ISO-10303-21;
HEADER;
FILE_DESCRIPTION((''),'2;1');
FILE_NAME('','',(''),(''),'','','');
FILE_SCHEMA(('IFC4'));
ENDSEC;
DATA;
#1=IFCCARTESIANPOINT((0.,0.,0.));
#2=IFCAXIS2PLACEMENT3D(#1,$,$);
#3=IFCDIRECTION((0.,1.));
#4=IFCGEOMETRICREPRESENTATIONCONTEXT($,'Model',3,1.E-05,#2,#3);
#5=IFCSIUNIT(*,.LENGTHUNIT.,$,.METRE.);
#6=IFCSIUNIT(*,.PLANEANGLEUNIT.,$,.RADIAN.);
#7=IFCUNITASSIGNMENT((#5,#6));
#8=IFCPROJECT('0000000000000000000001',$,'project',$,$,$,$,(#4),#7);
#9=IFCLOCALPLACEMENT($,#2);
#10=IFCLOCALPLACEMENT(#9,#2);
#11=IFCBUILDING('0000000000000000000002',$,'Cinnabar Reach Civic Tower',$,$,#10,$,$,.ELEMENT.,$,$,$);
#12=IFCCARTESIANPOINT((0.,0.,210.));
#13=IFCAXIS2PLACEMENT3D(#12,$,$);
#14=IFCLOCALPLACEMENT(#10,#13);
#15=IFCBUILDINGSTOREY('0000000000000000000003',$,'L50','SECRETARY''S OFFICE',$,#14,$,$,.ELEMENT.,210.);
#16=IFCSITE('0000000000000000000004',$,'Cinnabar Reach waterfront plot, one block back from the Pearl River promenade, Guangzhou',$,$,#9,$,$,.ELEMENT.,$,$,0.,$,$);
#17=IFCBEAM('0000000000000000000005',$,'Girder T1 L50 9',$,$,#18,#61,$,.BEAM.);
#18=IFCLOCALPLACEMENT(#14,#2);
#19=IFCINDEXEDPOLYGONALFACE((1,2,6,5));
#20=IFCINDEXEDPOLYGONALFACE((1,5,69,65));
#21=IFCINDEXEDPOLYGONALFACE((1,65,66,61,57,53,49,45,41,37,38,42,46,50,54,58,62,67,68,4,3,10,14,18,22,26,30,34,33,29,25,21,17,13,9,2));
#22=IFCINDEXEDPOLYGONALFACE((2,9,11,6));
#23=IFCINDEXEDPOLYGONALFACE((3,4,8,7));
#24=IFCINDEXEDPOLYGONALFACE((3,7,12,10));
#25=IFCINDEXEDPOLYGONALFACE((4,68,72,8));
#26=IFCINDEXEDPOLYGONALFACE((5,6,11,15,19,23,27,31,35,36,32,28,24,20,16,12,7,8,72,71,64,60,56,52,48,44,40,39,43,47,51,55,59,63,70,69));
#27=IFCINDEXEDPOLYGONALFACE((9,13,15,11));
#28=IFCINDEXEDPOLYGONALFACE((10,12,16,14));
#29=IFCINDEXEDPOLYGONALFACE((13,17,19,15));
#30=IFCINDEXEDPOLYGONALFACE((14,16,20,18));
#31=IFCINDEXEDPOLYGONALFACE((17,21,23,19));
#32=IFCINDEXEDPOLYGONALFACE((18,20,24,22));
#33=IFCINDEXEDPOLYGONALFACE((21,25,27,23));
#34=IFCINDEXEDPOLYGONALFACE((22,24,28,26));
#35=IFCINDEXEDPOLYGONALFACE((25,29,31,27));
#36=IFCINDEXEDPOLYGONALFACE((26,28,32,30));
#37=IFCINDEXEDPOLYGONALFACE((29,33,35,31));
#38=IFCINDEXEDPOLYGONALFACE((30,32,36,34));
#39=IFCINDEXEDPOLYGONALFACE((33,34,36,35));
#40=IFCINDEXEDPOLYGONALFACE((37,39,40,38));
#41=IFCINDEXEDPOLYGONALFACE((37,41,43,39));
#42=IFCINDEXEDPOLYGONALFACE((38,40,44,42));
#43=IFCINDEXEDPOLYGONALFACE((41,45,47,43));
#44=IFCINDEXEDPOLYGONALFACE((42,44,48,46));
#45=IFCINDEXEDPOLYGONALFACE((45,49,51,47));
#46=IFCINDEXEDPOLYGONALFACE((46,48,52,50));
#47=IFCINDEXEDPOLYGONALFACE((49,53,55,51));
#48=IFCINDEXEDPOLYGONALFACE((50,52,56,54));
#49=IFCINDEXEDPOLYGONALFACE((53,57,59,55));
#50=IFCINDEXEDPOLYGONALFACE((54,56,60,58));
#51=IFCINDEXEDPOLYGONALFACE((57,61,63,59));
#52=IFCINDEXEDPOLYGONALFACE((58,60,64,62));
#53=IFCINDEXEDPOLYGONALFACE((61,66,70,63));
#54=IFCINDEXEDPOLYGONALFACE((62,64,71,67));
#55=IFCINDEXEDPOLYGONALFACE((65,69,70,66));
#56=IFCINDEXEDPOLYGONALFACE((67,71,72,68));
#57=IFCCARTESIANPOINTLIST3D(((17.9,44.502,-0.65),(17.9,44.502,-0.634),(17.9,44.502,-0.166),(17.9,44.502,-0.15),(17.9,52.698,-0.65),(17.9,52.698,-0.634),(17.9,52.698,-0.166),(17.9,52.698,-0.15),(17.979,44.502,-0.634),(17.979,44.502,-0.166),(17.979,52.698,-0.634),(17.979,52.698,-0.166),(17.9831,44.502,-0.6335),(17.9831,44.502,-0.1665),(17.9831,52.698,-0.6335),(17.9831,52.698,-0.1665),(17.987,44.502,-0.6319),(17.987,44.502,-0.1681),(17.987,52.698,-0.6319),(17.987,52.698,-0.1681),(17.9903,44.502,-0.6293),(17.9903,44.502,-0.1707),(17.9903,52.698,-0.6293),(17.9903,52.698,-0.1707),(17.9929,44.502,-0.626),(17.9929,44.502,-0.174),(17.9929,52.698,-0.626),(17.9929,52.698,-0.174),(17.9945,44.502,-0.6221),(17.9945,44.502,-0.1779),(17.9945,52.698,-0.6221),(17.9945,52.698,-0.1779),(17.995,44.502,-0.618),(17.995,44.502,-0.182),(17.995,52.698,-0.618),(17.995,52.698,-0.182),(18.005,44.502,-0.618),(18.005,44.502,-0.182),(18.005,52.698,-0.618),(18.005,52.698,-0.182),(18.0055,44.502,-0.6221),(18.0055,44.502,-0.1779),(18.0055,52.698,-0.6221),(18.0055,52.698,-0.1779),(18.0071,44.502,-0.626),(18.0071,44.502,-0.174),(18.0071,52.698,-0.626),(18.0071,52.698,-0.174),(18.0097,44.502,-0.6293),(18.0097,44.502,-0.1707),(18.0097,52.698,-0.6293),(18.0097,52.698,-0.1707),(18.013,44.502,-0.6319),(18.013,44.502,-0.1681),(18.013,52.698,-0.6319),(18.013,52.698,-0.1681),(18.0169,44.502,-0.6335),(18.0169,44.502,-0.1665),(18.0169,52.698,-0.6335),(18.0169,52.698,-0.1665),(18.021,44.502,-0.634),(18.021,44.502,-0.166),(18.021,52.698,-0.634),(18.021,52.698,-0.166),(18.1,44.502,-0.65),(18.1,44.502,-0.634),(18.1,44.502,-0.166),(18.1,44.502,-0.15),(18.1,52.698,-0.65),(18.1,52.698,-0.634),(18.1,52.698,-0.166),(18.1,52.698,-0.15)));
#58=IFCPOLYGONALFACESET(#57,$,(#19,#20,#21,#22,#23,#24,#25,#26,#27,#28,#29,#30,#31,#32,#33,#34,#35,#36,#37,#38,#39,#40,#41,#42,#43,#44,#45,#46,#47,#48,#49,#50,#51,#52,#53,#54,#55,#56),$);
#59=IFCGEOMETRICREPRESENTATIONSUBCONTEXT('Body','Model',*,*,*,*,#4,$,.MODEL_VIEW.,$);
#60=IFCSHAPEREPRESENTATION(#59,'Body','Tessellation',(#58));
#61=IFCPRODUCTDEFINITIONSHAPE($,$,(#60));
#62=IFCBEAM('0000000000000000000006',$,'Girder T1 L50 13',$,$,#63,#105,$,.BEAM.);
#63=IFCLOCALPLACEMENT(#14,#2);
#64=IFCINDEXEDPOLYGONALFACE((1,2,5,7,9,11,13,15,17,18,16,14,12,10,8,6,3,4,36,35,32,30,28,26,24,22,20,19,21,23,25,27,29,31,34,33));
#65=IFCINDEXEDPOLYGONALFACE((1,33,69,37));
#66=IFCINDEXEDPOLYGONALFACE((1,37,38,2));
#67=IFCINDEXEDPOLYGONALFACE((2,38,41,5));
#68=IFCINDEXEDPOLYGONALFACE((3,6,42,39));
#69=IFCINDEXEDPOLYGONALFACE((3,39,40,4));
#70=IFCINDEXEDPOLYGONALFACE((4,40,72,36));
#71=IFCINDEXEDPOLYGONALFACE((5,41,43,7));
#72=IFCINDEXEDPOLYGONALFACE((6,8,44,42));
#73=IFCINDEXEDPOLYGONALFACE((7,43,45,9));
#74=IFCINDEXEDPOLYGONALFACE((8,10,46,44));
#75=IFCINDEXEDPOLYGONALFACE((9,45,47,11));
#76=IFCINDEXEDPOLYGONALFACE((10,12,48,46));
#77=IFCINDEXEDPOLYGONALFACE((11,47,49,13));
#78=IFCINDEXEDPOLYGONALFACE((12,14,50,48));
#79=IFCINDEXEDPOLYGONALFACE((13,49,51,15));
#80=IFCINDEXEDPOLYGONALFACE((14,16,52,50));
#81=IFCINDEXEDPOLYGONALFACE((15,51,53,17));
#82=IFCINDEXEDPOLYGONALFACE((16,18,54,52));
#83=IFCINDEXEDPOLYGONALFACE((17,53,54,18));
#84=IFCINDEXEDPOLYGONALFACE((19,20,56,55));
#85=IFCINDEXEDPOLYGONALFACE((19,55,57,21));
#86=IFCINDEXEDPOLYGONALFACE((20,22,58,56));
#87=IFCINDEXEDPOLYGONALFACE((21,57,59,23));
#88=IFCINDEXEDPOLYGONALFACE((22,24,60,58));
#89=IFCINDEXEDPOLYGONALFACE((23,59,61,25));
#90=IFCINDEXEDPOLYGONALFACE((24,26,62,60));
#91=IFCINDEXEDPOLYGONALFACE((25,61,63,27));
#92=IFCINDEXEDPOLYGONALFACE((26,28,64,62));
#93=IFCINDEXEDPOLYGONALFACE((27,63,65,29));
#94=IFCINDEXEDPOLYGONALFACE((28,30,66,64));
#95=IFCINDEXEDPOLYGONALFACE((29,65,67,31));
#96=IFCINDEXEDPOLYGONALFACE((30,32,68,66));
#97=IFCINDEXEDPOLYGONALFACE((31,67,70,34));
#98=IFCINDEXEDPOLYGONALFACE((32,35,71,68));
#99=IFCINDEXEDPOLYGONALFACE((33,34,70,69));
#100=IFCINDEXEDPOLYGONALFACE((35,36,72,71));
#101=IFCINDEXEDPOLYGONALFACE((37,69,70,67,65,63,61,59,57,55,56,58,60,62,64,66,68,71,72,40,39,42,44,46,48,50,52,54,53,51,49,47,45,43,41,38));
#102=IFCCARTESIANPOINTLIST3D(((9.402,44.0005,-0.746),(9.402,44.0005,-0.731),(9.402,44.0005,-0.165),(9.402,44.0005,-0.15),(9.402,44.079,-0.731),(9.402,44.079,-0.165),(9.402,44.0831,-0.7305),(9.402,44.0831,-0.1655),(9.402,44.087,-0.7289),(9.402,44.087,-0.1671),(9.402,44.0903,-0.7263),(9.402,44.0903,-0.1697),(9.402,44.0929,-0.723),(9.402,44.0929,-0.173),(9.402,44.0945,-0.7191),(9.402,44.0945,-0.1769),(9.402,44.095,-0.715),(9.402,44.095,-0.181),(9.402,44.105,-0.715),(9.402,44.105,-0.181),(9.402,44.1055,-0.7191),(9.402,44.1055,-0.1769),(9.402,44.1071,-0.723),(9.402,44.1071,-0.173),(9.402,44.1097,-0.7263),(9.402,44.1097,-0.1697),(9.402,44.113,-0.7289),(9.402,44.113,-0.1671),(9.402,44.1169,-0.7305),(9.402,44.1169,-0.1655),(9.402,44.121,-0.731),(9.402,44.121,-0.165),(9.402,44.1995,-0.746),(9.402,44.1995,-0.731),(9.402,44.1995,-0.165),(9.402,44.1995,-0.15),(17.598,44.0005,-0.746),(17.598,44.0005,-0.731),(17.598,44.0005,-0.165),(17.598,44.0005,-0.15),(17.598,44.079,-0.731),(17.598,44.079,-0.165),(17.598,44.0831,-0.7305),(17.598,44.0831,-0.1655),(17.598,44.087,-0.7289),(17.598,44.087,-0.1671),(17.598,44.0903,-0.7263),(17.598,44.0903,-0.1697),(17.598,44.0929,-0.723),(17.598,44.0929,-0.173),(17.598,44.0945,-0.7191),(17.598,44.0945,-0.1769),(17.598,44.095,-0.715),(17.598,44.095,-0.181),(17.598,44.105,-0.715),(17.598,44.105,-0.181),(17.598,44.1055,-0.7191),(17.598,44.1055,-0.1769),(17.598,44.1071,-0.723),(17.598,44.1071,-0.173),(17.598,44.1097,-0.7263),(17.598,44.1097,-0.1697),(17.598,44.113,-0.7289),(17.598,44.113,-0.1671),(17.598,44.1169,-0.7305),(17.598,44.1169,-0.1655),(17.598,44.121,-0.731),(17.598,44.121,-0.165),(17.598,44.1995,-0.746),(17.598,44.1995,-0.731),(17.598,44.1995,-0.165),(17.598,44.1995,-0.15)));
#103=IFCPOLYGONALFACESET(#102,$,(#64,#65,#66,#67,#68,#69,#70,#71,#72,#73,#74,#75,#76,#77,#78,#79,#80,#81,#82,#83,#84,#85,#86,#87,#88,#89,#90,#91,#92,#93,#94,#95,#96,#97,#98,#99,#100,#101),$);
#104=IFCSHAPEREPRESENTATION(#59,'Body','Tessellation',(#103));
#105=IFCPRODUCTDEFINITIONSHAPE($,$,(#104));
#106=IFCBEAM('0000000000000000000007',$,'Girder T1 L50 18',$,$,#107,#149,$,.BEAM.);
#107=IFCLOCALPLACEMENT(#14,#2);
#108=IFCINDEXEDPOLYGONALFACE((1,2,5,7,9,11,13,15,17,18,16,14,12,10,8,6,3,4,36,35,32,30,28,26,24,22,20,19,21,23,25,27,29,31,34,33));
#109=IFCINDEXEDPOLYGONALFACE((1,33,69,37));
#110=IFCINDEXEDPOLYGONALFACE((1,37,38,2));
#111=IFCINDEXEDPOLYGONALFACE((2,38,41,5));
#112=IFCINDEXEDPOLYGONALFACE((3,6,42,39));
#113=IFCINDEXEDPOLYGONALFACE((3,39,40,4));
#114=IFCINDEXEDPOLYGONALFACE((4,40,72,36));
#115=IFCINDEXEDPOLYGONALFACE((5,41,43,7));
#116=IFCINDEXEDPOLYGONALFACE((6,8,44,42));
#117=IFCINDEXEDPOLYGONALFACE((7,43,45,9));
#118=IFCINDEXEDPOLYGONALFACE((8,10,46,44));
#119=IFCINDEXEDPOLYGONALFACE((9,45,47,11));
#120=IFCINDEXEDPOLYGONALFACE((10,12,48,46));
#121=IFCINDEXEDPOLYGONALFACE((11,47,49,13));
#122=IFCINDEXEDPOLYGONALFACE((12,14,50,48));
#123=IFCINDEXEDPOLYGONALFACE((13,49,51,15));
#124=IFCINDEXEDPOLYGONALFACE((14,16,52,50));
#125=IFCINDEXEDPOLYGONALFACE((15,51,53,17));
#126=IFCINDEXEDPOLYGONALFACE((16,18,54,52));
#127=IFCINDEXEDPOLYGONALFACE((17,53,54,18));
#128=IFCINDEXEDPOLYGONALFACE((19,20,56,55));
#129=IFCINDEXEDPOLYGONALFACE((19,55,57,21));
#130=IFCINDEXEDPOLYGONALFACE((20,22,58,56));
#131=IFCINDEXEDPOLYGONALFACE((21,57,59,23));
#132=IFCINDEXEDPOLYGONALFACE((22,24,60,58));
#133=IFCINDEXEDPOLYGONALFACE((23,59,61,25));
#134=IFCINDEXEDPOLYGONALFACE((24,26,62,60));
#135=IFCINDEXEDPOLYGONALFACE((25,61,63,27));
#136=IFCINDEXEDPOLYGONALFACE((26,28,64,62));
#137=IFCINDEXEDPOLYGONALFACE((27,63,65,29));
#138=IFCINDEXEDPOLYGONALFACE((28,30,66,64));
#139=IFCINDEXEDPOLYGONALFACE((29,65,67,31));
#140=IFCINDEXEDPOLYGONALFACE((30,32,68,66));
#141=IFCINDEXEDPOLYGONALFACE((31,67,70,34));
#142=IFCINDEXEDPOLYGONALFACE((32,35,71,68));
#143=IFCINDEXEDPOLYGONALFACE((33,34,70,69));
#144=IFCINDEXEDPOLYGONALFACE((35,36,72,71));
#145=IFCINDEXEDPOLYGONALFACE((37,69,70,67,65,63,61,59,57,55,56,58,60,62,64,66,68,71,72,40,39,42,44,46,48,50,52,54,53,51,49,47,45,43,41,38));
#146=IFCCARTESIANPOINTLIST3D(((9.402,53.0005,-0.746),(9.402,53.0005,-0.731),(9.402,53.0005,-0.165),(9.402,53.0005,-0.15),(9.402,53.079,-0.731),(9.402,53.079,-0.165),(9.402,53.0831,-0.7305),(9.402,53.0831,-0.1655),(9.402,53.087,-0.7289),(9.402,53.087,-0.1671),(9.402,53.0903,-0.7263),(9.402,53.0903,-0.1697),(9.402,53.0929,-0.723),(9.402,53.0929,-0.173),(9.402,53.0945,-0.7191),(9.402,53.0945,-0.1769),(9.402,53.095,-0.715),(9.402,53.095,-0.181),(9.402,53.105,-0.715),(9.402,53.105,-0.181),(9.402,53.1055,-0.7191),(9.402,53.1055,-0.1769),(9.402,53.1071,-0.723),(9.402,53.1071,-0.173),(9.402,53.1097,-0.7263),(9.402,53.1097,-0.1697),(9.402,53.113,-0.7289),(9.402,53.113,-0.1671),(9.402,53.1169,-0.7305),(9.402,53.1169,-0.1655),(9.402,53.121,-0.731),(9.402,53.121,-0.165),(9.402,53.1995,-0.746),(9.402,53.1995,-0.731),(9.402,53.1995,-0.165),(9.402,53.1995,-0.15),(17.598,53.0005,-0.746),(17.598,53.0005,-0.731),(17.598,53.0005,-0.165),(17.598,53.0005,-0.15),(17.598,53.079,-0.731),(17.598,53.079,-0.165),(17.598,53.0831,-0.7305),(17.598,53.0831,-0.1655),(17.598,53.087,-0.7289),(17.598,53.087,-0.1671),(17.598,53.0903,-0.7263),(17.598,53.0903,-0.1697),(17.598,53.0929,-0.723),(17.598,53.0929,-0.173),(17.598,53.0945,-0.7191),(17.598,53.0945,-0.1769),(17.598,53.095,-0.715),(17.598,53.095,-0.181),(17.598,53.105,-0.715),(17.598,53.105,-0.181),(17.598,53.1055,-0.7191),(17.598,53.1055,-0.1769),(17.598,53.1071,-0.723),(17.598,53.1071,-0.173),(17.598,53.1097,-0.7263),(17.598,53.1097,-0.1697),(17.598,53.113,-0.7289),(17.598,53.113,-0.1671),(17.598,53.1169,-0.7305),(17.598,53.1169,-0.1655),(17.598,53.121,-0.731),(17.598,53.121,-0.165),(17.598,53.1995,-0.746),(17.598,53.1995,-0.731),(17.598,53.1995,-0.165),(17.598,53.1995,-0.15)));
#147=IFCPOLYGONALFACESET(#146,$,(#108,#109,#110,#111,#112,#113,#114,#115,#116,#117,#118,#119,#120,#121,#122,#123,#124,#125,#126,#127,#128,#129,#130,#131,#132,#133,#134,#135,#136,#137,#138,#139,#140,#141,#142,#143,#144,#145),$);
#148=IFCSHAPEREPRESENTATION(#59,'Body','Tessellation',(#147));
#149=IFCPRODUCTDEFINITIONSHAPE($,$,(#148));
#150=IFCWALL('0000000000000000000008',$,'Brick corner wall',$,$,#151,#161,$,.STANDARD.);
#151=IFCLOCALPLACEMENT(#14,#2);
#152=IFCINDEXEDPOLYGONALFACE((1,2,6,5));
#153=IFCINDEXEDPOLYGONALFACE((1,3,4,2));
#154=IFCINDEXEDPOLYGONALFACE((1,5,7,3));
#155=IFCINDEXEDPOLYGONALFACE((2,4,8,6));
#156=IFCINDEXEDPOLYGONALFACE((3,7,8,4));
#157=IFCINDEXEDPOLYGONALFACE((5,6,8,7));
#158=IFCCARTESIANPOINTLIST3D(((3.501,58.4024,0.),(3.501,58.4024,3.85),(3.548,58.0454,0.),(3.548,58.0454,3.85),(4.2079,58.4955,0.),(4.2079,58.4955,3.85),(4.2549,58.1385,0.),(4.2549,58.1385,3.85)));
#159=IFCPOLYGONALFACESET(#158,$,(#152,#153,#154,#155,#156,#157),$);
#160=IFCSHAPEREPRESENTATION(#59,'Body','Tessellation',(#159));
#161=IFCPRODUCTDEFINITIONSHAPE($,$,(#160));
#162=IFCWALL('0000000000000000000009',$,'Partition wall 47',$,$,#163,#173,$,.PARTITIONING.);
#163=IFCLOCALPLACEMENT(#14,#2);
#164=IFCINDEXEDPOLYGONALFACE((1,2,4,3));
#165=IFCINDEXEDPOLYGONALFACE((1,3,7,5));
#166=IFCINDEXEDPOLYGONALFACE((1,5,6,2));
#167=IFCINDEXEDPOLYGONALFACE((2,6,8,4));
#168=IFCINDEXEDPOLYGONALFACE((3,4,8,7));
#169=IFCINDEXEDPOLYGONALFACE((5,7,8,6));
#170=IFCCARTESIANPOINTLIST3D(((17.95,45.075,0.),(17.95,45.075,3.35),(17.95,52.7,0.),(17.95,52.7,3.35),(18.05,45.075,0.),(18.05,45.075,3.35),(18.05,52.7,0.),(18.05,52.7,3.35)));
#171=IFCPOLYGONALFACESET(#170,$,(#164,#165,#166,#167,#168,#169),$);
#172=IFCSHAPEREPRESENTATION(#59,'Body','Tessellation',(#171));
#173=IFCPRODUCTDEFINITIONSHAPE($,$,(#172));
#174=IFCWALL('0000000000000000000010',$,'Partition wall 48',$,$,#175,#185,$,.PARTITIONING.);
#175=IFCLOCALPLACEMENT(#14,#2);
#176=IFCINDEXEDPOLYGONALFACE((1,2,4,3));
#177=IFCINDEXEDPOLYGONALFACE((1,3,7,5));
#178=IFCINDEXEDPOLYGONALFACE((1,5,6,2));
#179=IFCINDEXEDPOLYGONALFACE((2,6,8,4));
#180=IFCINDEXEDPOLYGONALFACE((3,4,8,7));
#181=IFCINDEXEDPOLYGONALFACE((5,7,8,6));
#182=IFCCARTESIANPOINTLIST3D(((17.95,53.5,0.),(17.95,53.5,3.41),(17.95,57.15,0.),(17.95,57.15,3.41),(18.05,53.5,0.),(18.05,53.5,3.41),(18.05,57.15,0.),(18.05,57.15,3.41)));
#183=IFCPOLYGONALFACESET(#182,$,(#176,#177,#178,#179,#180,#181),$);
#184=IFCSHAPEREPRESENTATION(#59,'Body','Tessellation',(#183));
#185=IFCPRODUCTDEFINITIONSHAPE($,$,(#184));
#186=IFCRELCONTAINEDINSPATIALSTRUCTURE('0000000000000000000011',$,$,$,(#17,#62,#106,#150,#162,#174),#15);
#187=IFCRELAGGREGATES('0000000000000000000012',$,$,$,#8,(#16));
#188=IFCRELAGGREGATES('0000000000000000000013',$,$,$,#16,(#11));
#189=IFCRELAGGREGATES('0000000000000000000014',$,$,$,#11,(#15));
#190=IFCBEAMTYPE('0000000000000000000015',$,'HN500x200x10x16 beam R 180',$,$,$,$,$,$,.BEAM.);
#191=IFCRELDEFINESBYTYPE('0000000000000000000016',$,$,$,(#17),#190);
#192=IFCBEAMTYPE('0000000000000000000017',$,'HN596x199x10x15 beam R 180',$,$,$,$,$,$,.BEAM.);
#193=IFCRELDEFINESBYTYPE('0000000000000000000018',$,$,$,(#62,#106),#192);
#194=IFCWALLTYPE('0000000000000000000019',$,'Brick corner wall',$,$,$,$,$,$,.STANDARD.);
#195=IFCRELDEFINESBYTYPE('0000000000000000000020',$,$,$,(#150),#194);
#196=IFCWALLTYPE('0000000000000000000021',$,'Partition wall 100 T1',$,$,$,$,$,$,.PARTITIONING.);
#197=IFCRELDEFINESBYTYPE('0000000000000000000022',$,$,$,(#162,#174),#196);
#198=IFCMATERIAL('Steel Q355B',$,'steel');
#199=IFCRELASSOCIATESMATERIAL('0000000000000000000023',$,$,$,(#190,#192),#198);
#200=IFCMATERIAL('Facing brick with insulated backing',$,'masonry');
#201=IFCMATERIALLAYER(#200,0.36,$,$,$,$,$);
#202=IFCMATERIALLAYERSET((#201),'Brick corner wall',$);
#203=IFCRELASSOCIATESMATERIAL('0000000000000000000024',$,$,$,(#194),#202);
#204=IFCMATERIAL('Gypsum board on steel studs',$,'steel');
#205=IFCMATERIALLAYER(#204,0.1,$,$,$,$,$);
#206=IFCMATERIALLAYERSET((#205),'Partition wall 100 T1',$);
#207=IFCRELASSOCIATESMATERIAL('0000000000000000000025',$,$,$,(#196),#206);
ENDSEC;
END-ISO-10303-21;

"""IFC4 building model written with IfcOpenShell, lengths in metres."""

from ifc_helpers import new_model, si_unit, direction, frame, frame_2d, origin, origin_2d, place, context, subcontext, project, spatial, rectangle, i_section, extrude, material, layer, layer_set, material_profile, profile_set, type_object, element, save


model = new_model("IFC4")

# Units and contexts
model_context = context("Model", 3, precision=1e-05, world=origin(), true_north=direction((0.0, 1.0)))
body_context = subcontext(model_context, "Body", "Model", "MODEL_VIEW")
ifc_project = project(units=[si_unit("LENGTHUNIT", "METRE"), si_unit("PLANEANGLEUNIT", "RADIAN")], contexts=[model_context])

# Site, building, storey
site_placement = place(None, origin())
site = spatial("IfcSite", under=ifc_project, at=site_placement, Name="Cinnabar Reach waterfront plot, one block back from the Pearl River promenade, Guangzhou", CompositionType="ELEMENT", RefElevation=0.0)
building_placement = place(site_placement, origin())
building = spatial("IfcBuilding", under=site, at=building_placement, Name="Cinnabar Reach Civic Tower", CompositionType="ELEMENT")
storey_placement = place(building_placement, frame((0.0, 0.0, 210.0)))
storey = spatial("IfcBuildingStorey", under=building, at=storey_placement, Name="L50", Description="SECRETARY'S OFFICE", CompositionType="ELEMENT", Elevation=210.0)

# Beams
ifc_material_1 = material(Name="Steel Q355B", Category="steel")
ifc_material_profile_1 = material_profile(ifc_material_1, i_section(OverallWidth=0.2, OverallDepth=0.5, WebThickness=0.01, FlangeThickness=0.016, FilletRadius=0.016, at=origin_2d()), Name="HN500x200x10x16")
ifc_profile_set_1 = profile_set([ifc_material_profile_1], Name="Steel Q355B")
beam_type_1 = type_object("IfcBeamType", Name="HN500x200x10x16 beam R 180", PredefinedType="BEAM", material=ifc_profile_set_1)
for number, where, z_axis, x_axis, name in (
    (1, (18.0, 44.502, -0.4), (0.0, 1.0, 0.0), (-1.0, 0.0, 0.0), "Girder T1 L50 9"),
):
    element("IfcBeam", number, at=place(storey_placement, frame(where, z_axis=z_axis, x_axis=x_axis)), inside=storey, type_object=beam_type_1, Name=name, PredefinedType="BEAM", context=body_context, shape_type="SweptSolid", body=[
        extrude(i_section(OverallWidth=0.2, OverallDepth=0.5, WebThickness=0.01, FlangeThickness=0.016, FilletRadius=0.016, at=origin_2d()), origin(), (0.0, 0.0, 1.0), 8.196),
    ])
ifc_material_profile_2 = material_profile(ifc_material_1, i_section(OverallWidth=0.199, OverallDepth=0.596, WebThickness=0.01, FlangeThickness=0.015, FilletRadius=0.016, at=origin_2d()), Name="HN596x199x10x15")
ifc_profile_set_2 = profile_set([ifc_material_profile_2], Name="Steel Q355B")
beam_type_2 = type_object("IfcBeamType", Name="HN596x199x10x15 beam R 180", PredefinedType="BEAM", material=ifc_profile_set_2)
for number, where, z_axis, x_axis, name in (
    (2, (9.402, 44.1, -0.448), (1.0, 0.0, 0.0), (0.0, 1.0, 0.0), "Girder T1 L50 13"),
    (3, (9.402, 53.1, -0.448), (1.0, 0.0, 0.0), (0.0, 1.0, 0.0), "Girder T1 L50 18"),
):
    element("IfcBeam", number, at=place(storey_placement, frame(where, z_axis=z_axis, x_axis=x_axis)), inside=storey, type_object=beam_type_2, Name=name, PredefinedType="BEAM", context=body_context, shape_type="SweptSolid", body=[
        extrude(i_section(OverallWidth=0.199, OverallDepth=0.596, WebThickness=0.01, FlangeThickness=0.015, FilletRadius=0.016, at=origin_2d()), origin(), (0.0, 0.0, 1.0), 8.196),
    ])

# Walls
ifc_material_2 = material(Name="Facing brick with insulated backing", Category="masonry")
ifc_layer_1 = layer(ifc_material_2, 0.36)
ifc_layer_set_1 = layer_set([ifc_layer_1], Name="Brick corner wall")
wall_type_1 = type_object("IfcWallType", Name="Brick corner wall", PredefinedType="STANDARD", material=ifc_layer_set_1)
wall_1_placement = place(storey_placement, frame((4.2314, 58.317, 0.0), z_axis=(0.0, 0.0, 1.0), x_axis=(-0.991441, -0.130556, 0.0)))
element("IfcWall", 4, at=wall_1_placement, inside=storey, type_object=wall_type_1, Name="Brick corner wall", PredefinedType="STANDARD", context=body_context, shape_type="SweptSolid", body=[
    extrude(rectangle(XDim=0.7131, YDim=0.36, at=frame_2d((0.3565, 0.0))), origin(), (0.0, 0.0, 1.0), 3.85),
])
ifc_material_3 = material(Name="Gypsum board on steel studs", Category="steel")
ifc_layer_2 = layer(ifc_material_3, 0.1)
ifc_layer_set_2 = layer_set([ifc_layer_2], Name="Partition wall 100 T1")
wall_type_2 = type_object("IfcWallType", Name="Partition wall 100 T1", PredefinedType="PARTITIONING", material=ifc_layer_set_2)
wall_2_placement = place(storey_placement, frame((18.0, 45.075, 0.0), z_axis=(0.0, 0.0, 1.0), x_axis=(0.0, 1.0, 0.0)))
element("IfcWall", 5, at=wall_2_placement, inside=storey, type_object=wall_type_2, Name="Partition wall 47", PredefinedType="PARTITIONING", context=body_context, shape_type="SweptSolid", body=[
    extrude(rectangle(XDim=7.625, YDim=0.1, at=frame_2d((3.8125, 0.0))), origin(), (0.0, 0.0, 1.0), 3.35),
])
wall_3_placement = place(storey_placement, frame((18.0, 53.5, 0.0), z_axis=(0.0, 0.0, 1.0), x_axis=(0.0, 1.0, 0.0)))
element("IfcWall", 6, at=wall_3_placement, inside=storey, type_object=wall_type_2, Name="Partition wall 48", PredefinedType="PARTITIONING", context=body_context, shape_type="SweptSolid", body=[
    extrude(rectangle(XDim=3.65, YDim=0.1, at=frame_2d((1.825, 0.0))), origin(), (0.0, 0.0, 1.0), 3.41),
])

save(model, "model.ifc")
